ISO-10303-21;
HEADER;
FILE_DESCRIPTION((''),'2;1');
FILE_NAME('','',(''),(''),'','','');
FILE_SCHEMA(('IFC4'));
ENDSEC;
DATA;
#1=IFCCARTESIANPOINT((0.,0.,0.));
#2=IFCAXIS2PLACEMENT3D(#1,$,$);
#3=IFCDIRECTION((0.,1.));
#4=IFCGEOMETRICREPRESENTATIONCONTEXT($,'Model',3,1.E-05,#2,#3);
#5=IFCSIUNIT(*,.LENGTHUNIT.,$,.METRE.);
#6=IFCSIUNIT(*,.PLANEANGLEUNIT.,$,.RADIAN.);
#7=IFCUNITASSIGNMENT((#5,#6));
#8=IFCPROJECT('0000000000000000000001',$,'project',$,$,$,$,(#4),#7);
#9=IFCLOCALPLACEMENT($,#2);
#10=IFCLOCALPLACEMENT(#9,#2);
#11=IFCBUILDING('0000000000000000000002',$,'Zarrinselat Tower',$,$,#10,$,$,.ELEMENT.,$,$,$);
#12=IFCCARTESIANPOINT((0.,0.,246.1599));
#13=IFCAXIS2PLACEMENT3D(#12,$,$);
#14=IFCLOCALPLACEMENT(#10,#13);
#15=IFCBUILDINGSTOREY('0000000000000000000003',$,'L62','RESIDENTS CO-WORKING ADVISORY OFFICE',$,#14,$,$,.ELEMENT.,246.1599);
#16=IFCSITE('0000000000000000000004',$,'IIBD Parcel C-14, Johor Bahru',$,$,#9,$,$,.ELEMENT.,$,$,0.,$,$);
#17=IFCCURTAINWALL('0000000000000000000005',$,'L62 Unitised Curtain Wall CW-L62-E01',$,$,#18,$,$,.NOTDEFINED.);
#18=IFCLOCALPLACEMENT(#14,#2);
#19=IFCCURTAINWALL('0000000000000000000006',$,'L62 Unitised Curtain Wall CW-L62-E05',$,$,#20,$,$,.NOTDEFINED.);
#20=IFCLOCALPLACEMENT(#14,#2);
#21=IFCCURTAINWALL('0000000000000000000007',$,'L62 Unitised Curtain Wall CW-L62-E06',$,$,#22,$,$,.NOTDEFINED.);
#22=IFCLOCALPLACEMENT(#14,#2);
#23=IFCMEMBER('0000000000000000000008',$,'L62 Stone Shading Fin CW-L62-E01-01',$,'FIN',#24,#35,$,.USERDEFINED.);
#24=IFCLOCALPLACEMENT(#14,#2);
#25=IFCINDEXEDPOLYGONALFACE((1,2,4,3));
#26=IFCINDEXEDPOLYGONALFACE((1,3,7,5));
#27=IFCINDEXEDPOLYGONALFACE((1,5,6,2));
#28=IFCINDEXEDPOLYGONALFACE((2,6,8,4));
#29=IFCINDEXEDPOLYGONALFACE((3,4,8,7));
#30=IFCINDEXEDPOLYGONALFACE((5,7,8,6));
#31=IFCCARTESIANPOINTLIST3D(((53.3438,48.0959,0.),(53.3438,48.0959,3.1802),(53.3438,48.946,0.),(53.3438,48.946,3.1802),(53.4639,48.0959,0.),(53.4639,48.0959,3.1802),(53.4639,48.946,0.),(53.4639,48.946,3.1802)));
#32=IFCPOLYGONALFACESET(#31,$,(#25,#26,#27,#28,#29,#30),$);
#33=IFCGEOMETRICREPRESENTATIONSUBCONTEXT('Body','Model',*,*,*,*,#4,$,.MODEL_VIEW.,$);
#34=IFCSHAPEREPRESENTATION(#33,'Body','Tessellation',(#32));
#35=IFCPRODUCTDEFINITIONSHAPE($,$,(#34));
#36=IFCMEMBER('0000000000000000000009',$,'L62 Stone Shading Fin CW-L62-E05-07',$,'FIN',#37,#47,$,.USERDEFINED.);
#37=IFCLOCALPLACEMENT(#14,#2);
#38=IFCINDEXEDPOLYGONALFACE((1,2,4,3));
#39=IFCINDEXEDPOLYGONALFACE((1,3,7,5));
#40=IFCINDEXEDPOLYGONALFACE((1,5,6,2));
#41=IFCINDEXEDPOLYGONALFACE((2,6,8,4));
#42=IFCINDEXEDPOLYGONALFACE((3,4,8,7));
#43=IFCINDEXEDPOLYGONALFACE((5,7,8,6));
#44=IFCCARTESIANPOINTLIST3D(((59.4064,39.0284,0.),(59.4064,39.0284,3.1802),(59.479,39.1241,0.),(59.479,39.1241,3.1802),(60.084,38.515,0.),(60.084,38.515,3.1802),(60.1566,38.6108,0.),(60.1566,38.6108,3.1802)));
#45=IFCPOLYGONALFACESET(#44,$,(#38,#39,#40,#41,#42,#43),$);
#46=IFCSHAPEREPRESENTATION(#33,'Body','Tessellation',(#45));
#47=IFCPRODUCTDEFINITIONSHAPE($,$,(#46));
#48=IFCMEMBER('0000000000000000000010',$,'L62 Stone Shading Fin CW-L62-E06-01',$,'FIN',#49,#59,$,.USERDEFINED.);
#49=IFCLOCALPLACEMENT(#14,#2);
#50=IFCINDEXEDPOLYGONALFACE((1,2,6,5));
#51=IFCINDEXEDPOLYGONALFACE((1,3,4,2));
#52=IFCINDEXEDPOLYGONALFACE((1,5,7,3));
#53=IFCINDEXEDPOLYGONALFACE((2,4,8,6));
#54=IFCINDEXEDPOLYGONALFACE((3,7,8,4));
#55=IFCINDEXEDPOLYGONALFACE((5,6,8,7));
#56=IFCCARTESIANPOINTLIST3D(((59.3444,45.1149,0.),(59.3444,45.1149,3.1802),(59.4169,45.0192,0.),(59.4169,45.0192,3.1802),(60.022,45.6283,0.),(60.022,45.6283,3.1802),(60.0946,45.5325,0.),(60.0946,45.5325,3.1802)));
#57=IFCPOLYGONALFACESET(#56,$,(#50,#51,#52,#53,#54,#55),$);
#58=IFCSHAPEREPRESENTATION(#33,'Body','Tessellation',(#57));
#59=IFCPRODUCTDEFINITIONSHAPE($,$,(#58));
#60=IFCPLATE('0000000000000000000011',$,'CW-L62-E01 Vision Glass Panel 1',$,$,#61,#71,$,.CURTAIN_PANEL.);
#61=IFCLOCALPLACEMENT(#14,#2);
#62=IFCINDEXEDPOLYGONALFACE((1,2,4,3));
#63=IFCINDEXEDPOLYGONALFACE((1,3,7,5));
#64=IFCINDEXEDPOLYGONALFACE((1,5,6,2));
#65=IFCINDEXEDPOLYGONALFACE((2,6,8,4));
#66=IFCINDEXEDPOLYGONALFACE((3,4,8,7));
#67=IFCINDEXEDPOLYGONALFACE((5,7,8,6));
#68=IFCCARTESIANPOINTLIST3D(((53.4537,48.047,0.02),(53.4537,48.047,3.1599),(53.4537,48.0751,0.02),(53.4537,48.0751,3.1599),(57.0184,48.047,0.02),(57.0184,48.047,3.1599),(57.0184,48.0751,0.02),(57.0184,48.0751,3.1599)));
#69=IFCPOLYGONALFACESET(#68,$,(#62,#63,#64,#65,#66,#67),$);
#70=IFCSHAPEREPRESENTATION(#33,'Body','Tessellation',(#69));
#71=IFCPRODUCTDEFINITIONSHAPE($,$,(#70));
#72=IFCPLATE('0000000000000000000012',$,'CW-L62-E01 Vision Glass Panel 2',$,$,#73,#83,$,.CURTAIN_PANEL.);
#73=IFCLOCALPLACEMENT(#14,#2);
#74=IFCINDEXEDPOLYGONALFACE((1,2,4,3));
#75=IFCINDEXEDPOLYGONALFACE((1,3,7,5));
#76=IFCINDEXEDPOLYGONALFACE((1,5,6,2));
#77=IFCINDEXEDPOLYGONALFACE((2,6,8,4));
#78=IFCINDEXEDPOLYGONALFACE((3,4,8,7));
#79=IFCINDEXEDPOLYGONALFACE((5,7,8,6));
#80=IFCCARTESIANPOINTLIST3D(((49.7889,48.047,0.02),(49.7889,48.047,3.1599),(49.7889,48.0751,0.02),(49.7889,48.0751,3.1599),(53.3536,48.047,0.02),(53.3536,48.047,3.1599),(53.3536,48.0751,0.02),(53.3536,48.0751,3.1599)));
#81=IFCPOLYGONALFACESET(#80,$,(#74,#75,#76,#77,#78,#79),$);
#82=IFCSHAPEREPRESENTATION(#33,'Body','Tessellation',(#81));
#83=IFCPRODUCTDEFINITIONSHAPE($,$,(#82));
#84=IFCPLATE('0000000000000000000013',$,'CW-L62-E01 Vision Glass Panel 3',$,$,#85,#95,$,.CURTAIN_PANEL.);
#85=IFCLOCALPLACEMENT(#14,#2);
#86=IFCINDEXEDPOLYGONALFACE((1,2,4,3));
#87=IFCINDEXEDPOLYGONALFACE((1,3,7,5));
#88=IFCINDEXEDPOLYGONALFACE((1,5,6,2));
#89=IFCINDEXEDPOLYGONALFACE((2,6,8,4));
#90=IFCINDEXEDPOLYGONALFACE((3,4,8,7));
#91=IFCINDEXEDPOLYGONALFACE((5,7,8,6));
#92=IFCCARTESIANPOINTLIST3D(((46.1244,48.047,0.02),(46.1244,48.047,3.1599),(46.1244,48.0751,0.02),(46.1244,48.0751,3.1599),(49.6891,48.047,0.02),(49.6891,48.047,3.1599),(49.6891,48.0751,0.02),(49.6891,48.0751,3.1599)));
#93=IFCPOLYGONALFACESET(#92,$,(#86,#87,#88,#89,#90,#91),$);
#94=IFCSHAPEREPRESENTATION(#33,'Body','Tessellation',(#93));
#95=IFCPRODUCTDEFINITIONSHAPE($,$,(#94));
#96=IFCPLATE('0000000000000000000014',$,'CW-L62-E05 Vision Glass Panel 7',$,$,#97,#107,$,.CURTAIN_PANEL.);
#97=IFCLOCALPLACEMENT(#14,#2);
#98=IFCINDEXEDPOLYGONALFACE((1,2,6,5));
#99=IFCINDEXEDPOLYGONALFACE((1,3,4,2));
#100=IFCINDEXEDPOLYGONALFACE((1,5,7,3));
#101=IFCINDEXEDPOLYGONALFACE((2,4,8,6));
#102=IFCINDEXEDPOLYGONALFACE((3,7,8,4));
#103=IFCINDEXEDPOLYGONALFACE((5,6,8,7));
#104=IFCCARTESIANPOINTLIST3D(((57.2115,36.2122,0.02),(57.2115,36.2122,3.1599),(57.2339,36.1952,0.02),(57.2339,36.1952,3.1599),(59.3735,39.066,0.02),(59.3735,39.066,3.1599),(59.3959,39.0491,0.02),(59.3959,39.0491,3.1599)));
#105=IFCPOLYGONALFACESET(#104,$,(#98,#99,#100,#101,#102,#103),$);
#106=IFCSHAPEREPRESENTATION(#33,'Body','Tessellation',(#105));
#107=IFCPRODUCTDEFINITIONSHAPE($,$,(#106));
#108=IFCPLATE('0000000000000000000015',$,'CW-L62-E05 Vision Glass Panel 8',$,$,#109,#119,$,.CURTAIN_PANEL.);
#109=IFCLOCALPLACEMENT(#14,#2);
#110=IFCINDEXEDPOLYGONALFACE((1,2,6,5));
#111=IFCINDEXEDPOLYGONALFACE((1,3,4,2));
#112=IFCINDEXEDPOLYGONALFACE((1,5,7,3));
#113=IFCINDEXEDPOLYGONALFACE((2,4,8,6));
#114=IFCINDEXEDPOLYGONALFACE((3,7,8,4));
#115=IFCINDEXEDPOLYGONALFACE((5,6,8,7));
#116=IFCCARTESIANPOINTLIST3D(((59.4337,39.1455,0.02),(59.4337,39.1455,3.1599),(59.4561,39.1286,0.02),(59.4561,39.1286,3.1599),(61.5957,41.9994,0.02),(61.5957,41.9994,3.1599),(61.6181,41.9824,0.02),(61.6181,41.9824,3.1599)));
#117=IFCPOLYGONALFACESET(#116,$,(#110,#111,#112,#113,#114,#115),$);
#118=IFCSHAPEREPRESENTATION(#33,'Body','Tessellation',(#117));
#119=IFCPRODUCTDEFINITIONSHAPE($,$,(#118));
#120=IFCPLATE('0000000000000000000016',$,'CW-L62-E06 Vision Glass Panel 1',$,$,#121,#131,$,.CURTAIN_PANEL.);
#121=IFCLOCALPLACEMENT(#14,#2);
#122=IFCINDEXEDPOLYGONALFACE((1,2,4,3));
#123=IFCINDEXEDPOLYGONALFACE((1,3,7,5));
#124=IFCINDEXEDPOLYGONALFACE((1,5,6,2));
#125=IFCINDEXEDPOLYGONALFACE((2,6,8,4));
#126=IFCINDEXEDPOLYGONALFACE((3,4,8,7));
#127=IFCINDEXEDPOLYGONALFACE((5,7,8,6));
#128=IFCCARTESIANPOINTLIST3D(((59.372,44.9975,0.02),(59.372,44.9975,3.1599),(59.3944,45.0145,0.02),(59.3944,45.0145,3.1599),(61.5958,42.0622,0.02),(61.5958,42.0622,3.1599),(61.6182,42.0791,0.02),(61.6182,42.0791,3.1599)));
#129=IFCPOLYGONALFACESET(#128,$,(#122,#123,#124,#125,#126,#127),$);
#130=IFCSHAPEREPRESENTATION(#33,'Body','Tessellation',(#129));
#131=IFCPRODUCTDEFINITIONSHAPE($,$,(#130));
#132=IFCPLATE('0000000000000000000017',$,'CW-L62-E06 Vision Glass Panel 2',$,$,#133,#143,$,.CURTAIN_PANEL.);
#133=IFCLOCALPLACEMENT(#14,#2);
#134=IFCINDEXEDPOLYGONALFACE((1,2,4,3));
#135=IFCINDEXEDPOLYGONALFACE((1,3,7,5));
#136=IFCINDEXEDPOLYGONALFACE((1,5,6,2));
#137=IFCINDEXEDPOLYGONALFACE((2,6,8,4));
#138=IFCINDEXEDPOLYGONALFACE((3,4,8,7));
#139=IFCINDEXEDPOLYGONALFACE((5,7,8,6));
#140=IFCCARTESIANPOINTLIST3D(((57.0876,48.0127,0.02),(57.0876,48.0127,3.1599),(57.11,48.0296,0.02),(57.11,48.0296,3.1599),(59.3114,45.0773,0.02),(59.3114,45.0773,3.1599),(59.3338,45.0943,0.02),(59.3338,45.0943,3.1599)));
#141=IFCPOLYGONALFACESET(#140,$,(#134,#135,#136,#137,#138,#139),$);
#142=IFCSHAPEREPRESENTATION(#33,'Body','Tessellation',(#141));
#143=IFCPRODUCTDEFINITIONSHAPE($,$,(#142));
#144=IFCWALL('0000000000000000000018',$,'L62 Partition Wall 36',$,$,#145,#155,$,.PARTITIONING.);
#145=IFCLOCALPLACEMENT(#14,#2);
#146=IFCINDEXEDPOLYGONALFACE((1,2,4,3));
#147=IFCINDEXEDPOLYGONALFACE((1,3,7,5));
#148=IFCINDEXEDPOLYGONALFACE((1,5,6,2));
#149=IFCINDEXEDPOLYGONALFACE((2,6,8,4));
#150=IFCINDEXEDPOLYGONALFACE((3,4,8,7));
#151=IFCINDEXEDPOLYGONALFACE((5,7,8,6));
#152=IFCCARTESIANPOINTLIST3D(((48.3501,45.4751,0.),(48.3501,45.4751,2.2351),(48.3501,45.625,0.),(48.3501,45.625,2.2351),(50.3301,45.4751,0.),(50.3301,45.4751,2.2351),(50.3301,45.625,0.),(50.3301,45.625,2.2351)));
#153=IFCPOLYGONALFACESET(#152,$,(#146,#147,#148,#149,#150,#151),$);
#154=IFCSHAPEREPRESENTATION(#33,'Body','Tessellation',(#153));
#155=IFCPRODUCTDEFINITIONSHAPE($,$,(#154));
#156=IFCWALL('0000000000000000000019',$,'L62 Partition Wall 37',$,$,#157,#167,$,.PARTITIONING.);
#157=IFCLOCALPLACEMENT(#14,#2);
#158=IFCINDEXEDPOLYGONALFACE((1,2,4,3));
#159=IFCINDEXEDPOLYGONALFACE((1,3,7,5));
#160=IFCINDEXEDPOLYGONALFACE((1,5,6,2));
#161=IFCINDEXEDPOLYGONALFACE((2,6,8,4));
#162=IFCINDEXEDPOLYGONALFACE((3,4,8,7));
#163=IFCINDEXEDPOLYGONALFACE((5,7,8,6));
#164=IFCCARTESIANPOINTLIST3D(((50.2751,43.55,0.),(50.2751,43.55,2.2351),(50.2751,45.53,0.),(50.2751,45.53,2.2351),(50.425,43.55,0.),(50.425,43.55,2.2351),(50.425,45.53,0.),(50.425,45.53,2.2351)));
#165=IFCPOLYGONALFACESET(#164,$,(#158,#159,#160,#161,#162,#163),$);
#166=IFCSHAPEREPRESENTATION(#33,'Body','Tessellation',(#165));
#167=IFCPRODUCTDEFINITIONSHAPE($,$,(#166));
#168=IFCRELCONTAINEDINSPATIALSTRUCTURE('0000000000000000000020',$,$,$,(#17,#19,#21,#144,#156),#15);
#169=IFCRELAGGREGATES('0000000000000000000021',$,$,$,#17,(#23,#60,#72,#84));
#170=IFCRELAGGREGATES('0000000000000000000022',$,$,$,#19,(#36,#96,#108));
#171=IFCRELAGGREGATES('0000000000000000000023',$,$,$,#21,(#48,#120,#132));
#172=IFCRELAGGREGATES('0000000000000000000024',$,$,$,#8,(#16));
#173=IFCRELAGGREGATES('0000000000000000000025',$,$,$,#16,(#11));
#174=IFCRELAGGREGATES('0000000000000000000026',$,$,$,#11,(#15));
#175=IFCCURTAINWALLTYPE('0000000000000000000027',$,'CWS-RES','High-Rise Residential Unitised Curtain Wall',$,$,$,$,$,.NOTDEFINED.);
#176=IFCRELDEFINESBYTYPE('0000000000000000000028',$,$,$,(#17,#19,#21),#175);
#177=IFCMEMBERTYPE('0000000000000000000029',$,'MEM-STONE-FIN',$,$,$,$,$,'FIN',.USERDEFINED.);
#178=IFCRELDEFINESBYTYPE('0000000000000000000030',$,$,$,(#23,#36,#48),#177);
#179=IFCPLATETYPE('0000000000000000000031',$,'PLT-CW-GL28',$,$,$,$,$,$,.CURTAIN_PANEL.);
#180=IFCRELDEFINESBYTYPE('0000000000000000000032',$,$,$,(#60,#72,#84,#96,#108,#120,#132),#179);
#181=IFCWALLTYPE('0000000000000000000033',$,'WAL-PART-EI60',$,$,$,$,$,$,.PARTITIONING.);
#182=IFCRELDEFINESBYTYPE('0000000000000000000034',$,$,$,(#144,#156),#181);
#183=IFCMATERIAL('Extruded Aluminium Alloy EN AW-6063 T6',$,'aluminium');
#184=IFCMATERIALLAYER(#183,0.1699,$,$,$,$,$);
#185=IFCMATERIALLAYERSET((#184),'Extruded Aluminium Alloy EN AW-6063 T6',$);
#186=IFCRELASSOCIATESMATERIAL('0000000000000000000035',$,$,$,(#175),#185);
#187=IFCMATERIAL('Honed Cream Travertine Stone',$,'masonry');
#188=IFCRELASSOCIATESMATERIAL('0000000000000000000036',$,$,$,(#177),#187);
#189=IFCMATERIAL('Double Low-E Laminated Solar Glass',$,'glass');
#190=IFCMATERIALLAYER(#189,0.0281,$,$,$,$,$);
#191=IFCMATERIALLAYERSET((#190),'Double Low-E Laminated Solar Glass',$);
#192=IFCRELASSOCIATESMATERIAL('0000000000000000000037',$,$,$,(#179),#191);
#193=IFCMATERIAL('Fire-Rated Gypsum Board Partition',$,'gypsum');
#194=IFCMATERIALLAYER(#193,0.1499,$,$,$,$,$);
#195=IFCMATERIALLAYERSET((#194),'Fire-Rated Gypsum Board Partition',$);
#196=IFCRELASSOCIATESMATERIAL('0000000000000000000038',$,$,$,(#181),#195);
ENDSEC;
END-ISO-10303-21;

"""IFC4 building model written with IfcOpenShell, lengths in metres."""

from ifc_helpers import new_model, si_unit, direction, frame, frame_2d, origin, origin_2d, place, context, subcontext, project, spatial, rectangle, extrude, material, layer, layer_set, material_profile, profile_set, type_object, element, aggregate, save


model = new_model("IFC4")

# Units and contexts
model_context = context("Model", 3, precision=1e-05, world=origin(), true_north=direction((0.0, 1.0)))
body_context = subcontext(model_context, "Body", "Model", "MODEL_VIEW")
ifc_project = project(units=[si_unit("LENGTHUNIT", "METRE"), si_unit("PLANEANGLEUNIT", "RADIAN")], contexts=[model_context])

# Site, building, storey
site_placement = place(None, origin())
site = spatial("IfcSite", under=ifc_project, at=site_placement, Name="IIBD Parcel C-14, Johor Bahru", CompositionType="ELEMENT", RefElevation=0.0)
building_placement = place(site_placement, origin())
building = spatial("IfcBuilding", under=site, at=building_placement, Name="Zarrinselat Tower", CompositionType="ELEMENT")
storey_placement = place(building_placement, frame((0.0, 0.0, 246.1599)))
storey = spatial("IfcBuildingStorey", under=building, at=storey_placement, Name="L62", Description="RESIDENTS CO-WORKING ADVISORY OFFICE", CompositionType="ELEMENT", Elevation=246.1599)

# Curtain walls
ifc_material_1 = material(Name="Extruded Aluminium Alloy EN AW-6063 T6", Category="aluminium")
ifc_layer_1 = layer(ifc_material_1, 0.1699)
ifc_layer_set_1 = layer_set([ifc_layer_1], Name="Extruded Aluminium Alloy EN AW-6063 T6")
curtain_wall_type = type_object("IfcCurtainWallType", Name="CWS-RES", Description="High-Rise Residential Unitised Curtain Wall", PredefinedType="NOTDEFINED", material=ifc_layer_set_1)
curtain_wall_1_placement = place(storey_placement, origin())
curtain_wall_1 = element("IfcCurtainWall", 1, at=curtain_wall_1_placement, inside=storey, type_object=curtain_wall_type, Name="L62 Unitised Curtain Wall CW-L62-E01", PredefinedType="NOTDEFINED")
curtain_wall_2_placement = place(storey_placement, origin())
curtain_wall_2 = element("IfcCurtainWall", 2, at=curtain_wall_2_placement, inside=storey, type_object=curtain_wall_type, Name="L62 Unitised Curtain Wall CW-L62-E05", PredefinedType="NOTDEFINED")

# Curtain wall
curtain_wall_3_placement = place(storey_placement, origin())
curtain_wall_3 = element("IfcCurtainWall", 3, at=curtain_wall_3_placement, inside=storey, type_object=curtain_wall_type, Name="L62 Unitised Curtain Wall CW-L62-E06", PredefinedType="NOTDEFINED")

# Members
ifc_material_2 = material(Name="Honed Cream Travertine Stone", Category="masonry")
ifc_material_profile_1 = material_profile(ifc_material_2, rectangle(XDim=0.1201, YDim=0.8501, at=origin_2d()), Name="FIN 850x120")
ifc_profile_set_1 = profile_set([ifc_material_profile_1], Name="Honed Cream Travertine Stone")
member_type_1 = type_object("IfcMemberType", Name="MEM-STONE-FIN", ElementType="FIN", PredefinedType="USERDEFINED", material=ifc_profile_set_1)
member_1_placement = place(storey_placement, frame((53.4038, 48.521, 0.0), z_axis=(0.0, 0.0, 1.0), x_axis=(1.0, 0.0, 0.0)))
member_1 = element("IfcMember", 4, at=member_1_placement, type_object=member_type_1, Name="L62 Stone Shading Fin CW-L62-E01-01", ObjectType="FIN", PredefinedType="USERDEFINED", context=body_context, shape_type="SweptSolid", body=[
    extrude(rectangle(XDim=0.1201, YDim=0.8501, at=origin_2d()), origin(), (0.0, 0.0, 1.0), 3.1802),
])
member_2_placement = place(storey_placement, frame((59.7815, 38.8196, 0.0), z_axis=(0.0, 0.0, 1.0), x_axis=(-0.603858, -0.797092, 0.0)))
member_2 = element("IfcMember", 5, at=member_2_placement, type_object=member_type_1, Name="L62 Stone Shading Fin CW-L62-E05-07", ObjectType="FIN", PredefinedType="USERDEFINED", context=body_context, shape_type="SweptSolid", body=[
    extrude(rectangle(XDim=0.1201, YDim=0.8501, at=origin_2d()), origin(), (0.0, 0.0, 1.0), 3.1802),
])
member_3_placement = place(storey_placement, frame((59.7195, 45.3237, 0.0), z_axis=(0.0, 0.0, 1.0), x_axis=(0.603865, -0.797086, 0.0)))
member_3 = element("IfcMember", 6, at=member_3_placement, type_object=member_type_1, Name="L62 Stone Shading Fin CW-L62-E06-01", ObjectType="FIN", PredefinedType="USERDEFINED", context=body_context, shape_type="SweptSolid", body=[
    extrude(rectangle(XDim=0.1201, YDim=0.8501, at=origin_2d()), origin(), (0.0, 0.0, 1.0), 3.1802),
])

# Plates
ifc_material_3 = material(Name="Double Low-E Laminated Solar Glass", Category="glass")
ifc_layer_2 = layer(ifc_material_3, 0.0281)
ifc_layer_set_2 = layer_set([ifc_layer_2], Name="Double Low-E Laminated Solar Glass")
plate_type = type_object("IfcPlateType", Name="PLT-CW-GL28", PredefinedType="CURTAIN_PANEL", material=ifc_layer_set_2)
plate_1_placement = place(storey_placement, frame((55.2361, 48.061, 0.02), z_axis=(0.0, 0.0, 1.0), x_axis=(-1.0, 0.0, 0.0)))
plate_1 = element("IfcPlate", 7, at=plate_1_placement, type_object=plate_type, Name="CW-L62-E01 Vision Glass Panel 1", PredefinedType="CURTAIN_PANEL", context=body_context, shape_type="SweptSolid", body=[
    extrude(rectangle(XDim=3.5647, YDim=0.0281, at=origin_2d()), origin(), (0.0, 0.0, 1.0), 3.1399),
])
plate_2_placement = place(storey_placement, frame((51.5713, 48.061, 0.02), z_axis=(0.0, 0.0, 1.0), x_axis=(-1.0, 0.0, 0.0)))
plate_2 = element("IfcPlate", 8, at=plate_2_placement, type_object=plate_type, Name="CW-L62-E01 Vision Glass Panel 2", PredefinedType="CURTAIN_PANEL", context=body_context, shape_type="SweptSolid", body=[
    extrude(rectangle(XDim=3.5647, YDim=0.0281, at=origin_2d()), origin(), (0.0, 0.0, 1.0), 3.1399),
])
plate_3_placement = place(storey_placement, frame((47.9067, 48.061, 0.02), z_axis=(0.0, 0.0, 1.0), x_axis=(-1.0, 0.0, 0.0)))
plate_3 = element("IfcPlate", 9, at=plate_3_placement, type_object=plate_type, Name="CW-L62-E01 Vision Glass Panel 3", PredefinedType="CURTAIN_PANEL", context=body_context, shape_type="SweptSolid", body=[
    extrude(rectangle(XDim=3.5647, YDim=0.0281, at=origin_2d()), origin(), (0.0, 0.0, 1.0), 3.1399),
])
aggregate(curtain_wall_1, [member_1, plate_1, plate_2, plate_3])
plate_4_placement = place(storey_placement, frame((58.3037, 37.6306, 0.02), z_axis=(0.0, 0.0, 1.0), x_axis=(0.603858, 0.797092, 0.0)))
plate_4 = element("IfcPlate", 10, at=plate_4_placement, type_object=plate_type, Name="CW-L62-E05 Vision Glass Panel 7", PredefinedType="CURTAIN_PANEL", context=body_context, shape_type="SweptSolid", body=[
    extrude(rectangle(XDim=3.5803, YDim=0.0281, at=origin_2d()), origin(), (0.0, 0.0, 1.0), 3.1399),
])
plate_5_placement = place(storey_placement, frame((60.5259, 40.564, 0.02), z_axis=(0.0, 0.0, 1.0), x_axis=(0.603858, 0.797092, 0.0)))
plate_5 = element("IfcPlate", 11, at=plate_5_placement, type_object=plate_type, Name="CW-L62-E05 Vision Glass Panel 8", PredefinedType="CURTAIN_PANEL", context=body_context, shape_type="SweptSolid", body=[
    extrude(rectangle(XDim=3.5803, YDim=0.0281, at=origin_2d()), origin(), (0.0, 0.0, 1.0), 3.1399),
])
aggregate(curtain_wall_2, [member_2, plate_4, plate_5])
plate_6_placement = place(storey_placement, frame((60.4951, 43.5383, 0.02), z_axis=(0.0, 0.0, 1.0), x_axis=(-0.603865, 0.797086, 0.0)))
plate_6 = element("IfcPlate", 12, at=plate_6_placement, type_object=plate_type, Name="CW-L62-E06 Vision Glass Panel 1", PredefinedType="CURTAIN_PANEL", context=body_context, shape_type="SweptSolid", body=[
    extrude(rectangle(XDim=3.6826, YDim=0.0281, at=origin_2d()), origin(), (0.0, 0.0, 1.0), 3.1399),
])
plate_7_placement = place(storey_placement, frame((58.2107, 46.5535, 0.02), z_axis=(0.0, 0.0, 1.0), x_axis=(-0.603865, 0.797086, 0.0)))
plate_7 = element("IfcPlate", 13, at=plate_7_placement, type_object=plate_type, Name="CW-L62-E06 Vision Glass Panel 2", PredefinedType="CURTAIN_PANEL", context=body_context, shape_type="SweptSolid", body=[
    extrude(rectangle(XDim=3.6826, YDim=0.0281, at=origin_2d()), origin(), (0.0, 0.0, 1.0), 3.1399),
])
aggregate(curtain_wall_3, [member_3, plate_6, plate_7])

# Walls
ifc_material_4 = material(Name="Fire-Rated Gypsum Board Partition", Category="gypsum")
ifc_layer_3 = layer(ifc_material_4, 0.1499)
ifc_layer_set_3 = layer_set([ifc_layer_3], Name="Fire-Rated Gypsum Board Partition")
wall_type = type_object("IfcWallType", Name="WAL-PART-EI60", PredefinedType="PARTITIONING", material=ifc_layer_set_3)
for number, where, z_axis, x_axis, name in (
    (14, (48.3501, 45.55, 0.0), (0.0, 0.0, 1.0), (1.0, 0.0, 0.0), "L62 Partition Wall 36"),
    (15, (50.3501, 43.55, 0.0), (0.0, 0.0, 1.0), (0.0, 1.0, 0.0), "L62 Partition Wall 37"),
):
    element("IfcWall", number, at=place(storey_placement, frame(where, z_axis=z_axis, x_axis=x_axis)), inside=storey, type_object=wall_type, Name=name, PredefinedType="PARTITIONING", context=body_context, shape_type="SweptSolid", body=[
        extrude(rectangle(XDim=1.98, YDim=0.1499, at=frame_2d((0.99, 0.0))), origin(), (0.0, 0.0, 1.0), 2.2351),
    ])

save(model, "model.ifc")
